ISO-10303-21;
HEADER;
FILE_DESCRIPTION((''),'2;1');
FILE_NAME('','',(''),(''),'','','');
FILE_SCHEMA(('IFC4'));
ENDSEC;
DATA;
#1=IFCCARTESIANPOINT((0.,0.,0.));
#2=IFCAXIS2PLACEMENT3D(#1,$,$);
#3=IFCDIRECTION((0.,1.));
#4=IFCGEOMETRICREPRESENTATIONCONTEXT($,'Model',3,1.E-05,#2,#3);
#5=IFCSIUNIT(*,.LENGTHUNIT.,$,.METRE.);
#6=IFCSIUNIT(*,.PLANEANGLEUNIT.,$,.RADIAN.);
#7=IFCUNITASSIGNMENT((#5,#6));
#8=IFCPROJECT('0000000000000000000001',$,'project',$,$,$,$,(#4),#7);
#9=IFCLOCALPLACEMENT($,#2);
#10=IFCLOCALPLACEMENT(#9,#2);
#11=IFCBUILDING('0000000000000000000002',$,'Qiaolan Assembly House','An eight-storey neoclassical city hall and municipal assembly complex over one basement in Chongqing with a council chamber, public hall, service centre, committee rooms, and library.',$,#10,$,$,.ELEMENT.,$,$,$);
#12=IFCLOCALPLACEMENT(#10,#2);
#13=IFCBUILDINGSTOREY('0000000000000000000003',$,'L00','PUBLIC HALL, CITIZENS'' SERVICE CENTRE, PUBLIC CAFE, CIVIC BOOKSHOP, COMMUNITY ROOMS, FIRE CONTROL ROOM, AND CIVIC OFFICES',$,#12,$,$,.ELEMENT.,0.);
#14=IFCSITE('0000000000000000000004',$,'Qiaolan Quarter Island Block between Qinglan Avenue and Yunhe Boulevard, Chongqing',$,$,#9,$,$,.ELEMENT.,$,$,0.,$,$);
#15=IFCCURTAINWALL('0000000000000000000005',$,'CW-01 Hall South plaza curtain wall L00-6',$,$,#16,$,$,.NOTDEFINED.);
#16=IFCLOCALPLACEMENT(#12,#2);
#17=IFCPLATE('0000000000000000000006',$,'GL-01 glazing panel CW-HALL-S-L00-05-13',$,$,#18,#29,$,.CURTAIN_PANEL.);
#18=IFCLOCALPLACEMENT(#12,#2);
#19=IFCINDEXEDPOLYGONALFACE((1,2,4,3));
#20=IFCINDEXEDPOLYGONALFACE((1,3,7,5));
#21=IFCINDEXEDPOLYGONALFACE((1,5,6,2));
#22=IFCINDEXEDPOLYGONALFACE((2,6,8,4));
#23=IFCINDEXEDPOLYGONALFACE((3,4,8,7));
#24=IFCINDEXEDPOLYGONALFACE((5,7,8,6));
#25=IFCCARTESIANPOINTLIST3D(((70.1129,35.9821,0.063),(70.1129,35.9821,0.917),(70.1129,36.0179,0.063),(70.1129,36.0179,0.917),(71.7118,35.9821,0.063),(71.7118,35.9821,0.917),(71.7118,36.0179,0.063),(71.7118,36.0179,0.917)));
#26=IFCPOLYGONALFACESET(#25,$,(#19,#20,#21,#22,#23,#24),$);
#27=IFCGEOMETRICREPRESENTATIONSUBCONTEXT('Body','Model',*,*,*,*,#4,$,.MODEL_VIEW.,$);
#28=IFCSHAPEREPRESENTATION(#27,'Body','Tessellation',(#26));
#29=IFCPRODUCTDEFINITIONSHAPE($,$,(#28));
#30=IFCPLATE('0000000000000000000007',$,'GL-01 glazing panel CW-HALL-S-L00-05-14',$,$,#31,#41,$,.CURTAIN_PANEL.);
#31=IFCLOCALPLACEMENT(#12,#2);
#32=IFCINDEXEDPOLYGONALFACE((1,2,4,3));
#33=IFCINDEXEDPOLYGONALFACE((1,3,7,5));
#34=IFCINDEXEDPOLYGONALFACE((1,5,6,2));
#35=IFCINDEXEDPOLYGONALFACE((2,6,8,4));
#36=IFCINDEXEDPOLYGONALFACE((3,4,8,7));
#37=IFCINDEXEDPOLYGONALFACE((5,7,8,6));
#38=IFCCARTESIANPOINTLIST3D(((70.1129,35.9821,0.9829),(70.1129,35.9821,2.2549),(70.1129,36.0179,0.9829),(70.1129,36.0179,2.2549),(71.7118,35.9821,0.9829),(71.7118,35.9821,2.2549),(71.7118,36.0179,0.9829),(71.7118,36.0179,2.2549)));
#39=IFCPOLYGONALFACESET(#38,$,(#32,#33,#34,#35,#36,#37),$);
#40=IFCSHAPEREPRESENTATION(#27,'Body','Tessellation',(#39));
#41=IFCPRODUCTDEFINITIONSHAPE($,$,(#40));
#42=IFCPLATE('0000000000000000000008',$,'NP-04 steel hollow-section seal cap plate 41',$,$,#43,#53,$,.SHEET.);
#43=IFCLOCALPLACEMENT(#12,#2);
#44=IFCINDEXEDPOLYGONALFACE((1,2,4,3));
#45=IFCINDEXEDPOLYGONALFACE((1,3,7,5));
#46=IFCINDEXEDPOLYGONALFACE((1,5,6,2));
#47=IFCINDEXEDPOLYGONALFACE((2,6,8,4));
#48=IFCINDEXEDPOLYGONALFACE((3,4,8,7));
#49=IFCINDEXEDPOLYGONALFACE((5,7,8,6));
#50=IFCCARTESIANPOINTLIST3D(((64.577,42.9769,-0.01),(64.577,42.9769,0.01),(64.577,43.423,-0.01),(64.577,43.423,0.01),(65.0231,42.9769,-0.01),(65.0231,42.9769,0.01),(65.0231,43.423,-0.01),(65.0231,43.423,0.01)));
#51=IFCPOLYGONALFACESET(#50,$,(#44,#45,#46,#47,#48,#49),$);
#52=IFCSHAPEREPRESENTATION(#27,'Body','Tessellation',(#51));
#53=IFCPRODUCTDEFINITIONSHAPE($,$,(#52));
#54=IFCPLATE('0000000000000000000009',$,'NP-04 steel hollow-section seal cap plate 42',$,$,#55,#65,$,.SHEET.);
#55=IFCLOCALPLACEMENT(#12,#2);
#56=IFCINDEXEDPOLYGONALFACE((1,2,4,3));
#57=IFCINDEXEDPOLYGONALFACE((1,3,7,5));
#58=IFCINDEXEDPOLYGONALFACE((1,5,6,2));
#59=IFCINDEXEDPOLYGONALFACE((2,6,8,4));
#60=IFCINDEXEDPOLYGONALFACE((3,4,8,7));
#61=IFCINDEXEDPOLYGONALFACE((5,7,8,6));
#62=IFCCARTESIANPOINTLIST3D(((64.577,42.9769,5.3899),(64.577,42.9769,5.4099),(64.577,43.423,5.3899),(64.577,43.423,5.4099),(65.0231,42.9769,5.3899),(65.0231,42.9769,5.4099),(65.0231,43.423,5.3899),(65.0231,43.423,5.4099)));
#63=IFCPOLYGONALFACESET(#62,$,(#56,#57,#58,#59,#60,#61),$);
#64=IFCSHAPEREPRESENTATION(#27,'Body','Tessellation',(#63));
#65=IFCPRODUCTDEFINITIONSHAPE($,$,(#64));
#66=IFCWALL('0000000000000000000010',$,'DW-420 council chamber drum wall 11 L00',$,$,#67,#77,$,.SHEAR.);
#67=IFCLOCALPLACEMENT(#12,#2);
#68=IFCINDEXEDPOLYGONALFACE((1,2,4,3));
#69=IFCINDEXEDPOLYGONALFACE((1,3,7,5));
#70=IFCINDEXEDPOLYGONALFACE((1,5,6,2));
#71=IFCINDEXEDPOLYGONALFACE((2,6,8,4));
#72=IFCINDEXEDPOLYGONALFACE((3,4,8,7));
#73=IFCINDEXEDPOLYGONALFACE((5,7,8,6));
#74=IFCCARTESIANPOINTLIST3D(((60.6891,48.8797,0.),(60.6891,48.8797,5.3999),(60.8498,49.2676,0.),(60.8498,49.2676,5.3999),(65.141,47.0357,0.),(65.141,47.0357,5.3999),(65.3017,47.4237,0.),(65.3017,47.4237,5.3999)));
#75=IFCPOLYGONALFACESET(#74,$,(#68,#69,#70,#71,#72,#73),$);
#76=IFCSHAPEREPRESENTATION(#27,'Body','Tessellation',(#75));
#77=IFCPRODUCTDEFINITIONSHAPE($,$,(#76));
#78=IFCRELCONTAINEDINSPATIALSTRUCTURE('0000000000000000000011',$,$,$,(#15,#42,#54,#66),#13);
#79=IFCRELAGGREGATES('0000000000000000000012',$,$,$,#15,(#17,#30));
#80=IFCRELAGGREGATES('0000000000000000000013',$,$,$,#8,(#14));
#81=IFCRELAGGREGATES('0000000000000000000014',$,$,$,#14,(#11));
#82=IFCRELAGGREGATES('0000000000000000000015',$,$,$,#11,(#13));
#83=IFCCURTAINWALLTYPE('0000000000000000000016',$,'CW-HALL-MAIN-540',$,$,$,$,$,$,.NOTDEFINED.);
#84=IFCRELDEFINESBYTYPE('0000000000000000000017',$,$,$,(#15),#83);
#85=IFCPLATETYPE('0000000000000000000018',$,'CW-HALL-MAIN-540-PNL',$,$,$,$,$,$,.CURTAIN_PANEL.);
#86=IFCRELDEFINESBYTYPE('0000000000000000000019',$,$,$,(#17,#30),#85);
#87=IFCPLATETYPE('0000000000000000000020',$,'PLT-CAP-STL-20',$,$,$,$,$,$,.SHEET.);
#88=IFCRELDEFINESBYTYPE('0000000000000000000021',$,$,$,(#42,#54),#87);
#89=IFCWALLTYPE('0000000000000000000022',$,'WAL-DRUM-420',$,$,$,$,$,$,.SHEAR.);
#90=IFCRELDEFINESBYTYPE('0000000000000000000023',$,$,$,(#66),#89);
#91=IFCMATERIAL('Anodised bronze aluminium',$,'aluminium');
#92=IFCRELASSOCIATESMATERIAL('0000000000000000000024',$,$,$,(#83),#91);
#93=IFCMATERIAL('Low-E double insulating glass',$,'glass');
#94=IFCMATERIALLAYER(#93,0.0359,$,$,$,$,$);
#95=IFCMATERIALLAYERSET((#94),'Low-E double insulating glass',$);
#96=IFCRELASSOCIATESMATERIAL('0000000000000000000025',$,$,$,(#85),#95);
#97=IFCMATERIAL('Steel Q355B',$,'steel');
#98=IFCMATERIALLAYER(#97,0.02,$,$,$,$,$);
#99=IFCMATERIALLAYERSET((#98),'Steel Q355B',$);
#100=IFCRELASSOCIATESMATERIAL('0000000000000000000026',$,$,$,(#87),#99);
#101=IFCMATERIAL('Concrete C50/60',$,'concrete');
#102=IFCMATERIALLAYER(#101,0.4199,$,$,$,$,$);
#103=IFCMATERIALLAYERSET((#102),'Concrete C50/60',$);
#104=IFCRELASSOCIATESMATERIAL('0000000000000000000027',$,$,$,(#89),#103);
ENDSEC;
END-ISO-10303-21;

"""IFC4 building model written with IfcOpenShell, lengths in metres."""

from ifc_helpers import new_model, si_unit, direction, frame, frame_2d, origin, origin_2d, place, context, subcontext, project, spatial, rectangle, extrude, material, layer, layer_set, type_object, element, aggregate, save


model = new_model("IFC4")

# Units and contexts
model_context = context("Model", 3, precision=1e-05, world=origin(), true_north=direction((0.0, 1.0)))
body_context = subcontext(model_context, "Body", "Model", "MODEL_VIEW")
ifc_project = project(units=[si_unit("LENGTHUNIT", "METRE"), si_unit("PLANEANGLEUNIT", "RADIAN")], contexts=[model_context])

# Site, building, storey
site_placement = place(None, origin())
site = spatial("IfcSite", under=ifc_project, at=site_placement, Name="Qiaolan Quarter Island Block between Qinglan Avenue and Yunhe Boulevard, Chongqing", CompositionType="ELEMENT", RefElevation=0.0)
building_placement = place(site_placement, origin())
building = spatial("IfcBuilding", under=site, at=building_placement, Name="Qiaolan Assembly House", Description="An eight-storey neoclassical city hall and municipal assembly complex over one basement in Chongqing with a council chamber, public hall, service centre, committee rooms, and library.", CompositionType="ELEMENT")
storey_placement = place(building_placement, origin())
storey = spatial("IfcBuildingStorey", under=building, at=storey_placement, Name="L00", Description="PUBLIC HALL, CITIZENS' SERVICE CENTRE, PUBLIC CAFE, CIVIC BOOKSHOP, COMMUNITY ROOMS, FIRE CONTROL ROOM, AND CIVIC OFFICES", CompositionType="ELEMENT", Elevation=0.0)

# Shared definitions
ifc_material_1 = material(Name="Concrete C50/60", Category="concrete")
ifc_material_2 = material(Name="Steel Q355B", Category="steel")

# Curtain wall
ifc_material_3 = material(Name="Anodised bronze aluminium", Category="aluminium")
curtain_wall_type = type_object("IfcCurtainWallType", Name="CW-HALL-MAIN-540", PredefinedType="NOTDEFINED", material=ifc_material_3)
curtain_wall_placement = place(storey_placement, origin())
curtain_wall = element("IfcCurtainWall", 1, at=curtain_wall_placement, inside=storey, type_object=curtain_wall_type, Name="CW-01 Hall South plaza curtain wall L00-6", PredefinedType="NOTDEFINED")

# Plates
ifc_material_4 = material(Name="Low-E double insulating glass", Category="glass")
ifc_layer_1 = layer(ifc_material_4, 0.0359)
ifc_layer_set_1 = layer_set([ifc_layer_1], Name="Low-E double insulating glass")
plate_type_1 = type_object("IfcPlateType", Name="CW-HALL-MAIN-540-PNL", PredefinedType="CURTAIN_PANEL", material=ifc_layer_set_1)
plate_1_placement = place(storey_placement, frame((70.113, 36.0, 0.063), z_axis=(0.0, 0.0, 1.0), x_axis=(1.0, 0.0, 0.0)))
plate_1 = element("IfcPlate", 2, at=plate_1_placement, type_object=plate_type_1, Name="GL-01 glazing panel CW-HALL-S-L00-05-13", PredefinedType="CURTAIN_PANEL", context=body_context, shape_type="SweptSolid", body=[
    extrude(rectangle(XDim=1.5989, YDim=0.0359, at=frame_2d((0.7993, 0.0))), origin(), (0.0, 0.0, 1.0), 0.854),
])
plate_2_placement = place(storey_placement, frame((70.113, 36.0, 0.9829), z_axis=(0.0, 0.0, 1.0), x_axis=(1.0, 0.0, 0.0)))
plate_2 = element("IfcPlate", 3, at=plate_2_placement, type_object=plate_type_1, Name="GL-01 glazing panel CW-HALL-S-L00-05-14", PredefinedType="CURTAIN_PANEL", context=body_context, shape_type="SweptSolid", body=[
    extrude(rectangle(XDim=1.5989, YDim=0.0359, at=frame_2d((0.7993, 0.0))), origin(), (0.0, 0.0, 1.0), 1.272),
])
aggregate(curtain_wall, [plate_1, plate_2])

# Plates
ifc_layer_2 = layer(ifc_material_2, 0.02)
ifc_layer_set_2 = layer_set([ifc_layer_2], Name="Steel Q355B")
plate_type_2 = type_object("IfcPlateType", Name="PLT-CAP-STL-20", PredefinedType="SHEET", material=ifc_layer_set_2)
for number, where, z_axis, x_axis, name in (
    (4, (64.8, 43.2, -0.01), (0.0, 0.0, 1.0), (1.0, 0.0, 0.0), "NP-04 steel hollow-section seal cap plate 41"),
    (5, (64.8, 43.2, 5.3899), (0.0, 0.0, 1.0), (1.0, 0.0, 0.0), "NP-04 steel hollow-section seal cap plate 42"),
):
    element("IfcPlate", number, at=place(storey_placement, frame(where, z_axis=z_axis, x_axis=x_axis)), inside=storey, type_object=plate_type_2, Name=name, PredefinedType="SHEET", context=body_context, shape_type="SweptSolid", body=[
        extrude(rectangle(XDim=0.446, YDim=0.446, at=origin_2d()), origin(), (0.0, 0.0, 1.0), 0.02),
    ])

# Wall
ifc_layer_3 = layer(ifc_material_1, 0.4199)
ifc_layer_set_3 = layer_set([ifc_layer_3], Name="Concrete C50/60")
wall_type = type_object("IfcWallType", Name="WAL-DRUM-420", PredefinedType="SHEAR", material=ifc_layer_set_3)
wall_placement = place(storey_placement, frame((65.2212, 47.2297, 0.0), z_axis=(0.0, 0.0, 1.0), x_axis=(-0.923883, 0.382675, 0.0)))
element("IfcWall", 6, at=wall_placement, inside=storey, type_object=wall_type, Name="DW-420 council chamber drum wall 11 L00", PredefinedType="SHEAR", context=body_context, shape_type="SweptSolid", body=[
    extrude(rectangle(XDim=4.8186, YDim=0.4199, at=frame_2d((2.4092, 0.0))), origin(), (0.0, 0.0, 1.0), 5.3999),
])

save(model, "model.ifc")
